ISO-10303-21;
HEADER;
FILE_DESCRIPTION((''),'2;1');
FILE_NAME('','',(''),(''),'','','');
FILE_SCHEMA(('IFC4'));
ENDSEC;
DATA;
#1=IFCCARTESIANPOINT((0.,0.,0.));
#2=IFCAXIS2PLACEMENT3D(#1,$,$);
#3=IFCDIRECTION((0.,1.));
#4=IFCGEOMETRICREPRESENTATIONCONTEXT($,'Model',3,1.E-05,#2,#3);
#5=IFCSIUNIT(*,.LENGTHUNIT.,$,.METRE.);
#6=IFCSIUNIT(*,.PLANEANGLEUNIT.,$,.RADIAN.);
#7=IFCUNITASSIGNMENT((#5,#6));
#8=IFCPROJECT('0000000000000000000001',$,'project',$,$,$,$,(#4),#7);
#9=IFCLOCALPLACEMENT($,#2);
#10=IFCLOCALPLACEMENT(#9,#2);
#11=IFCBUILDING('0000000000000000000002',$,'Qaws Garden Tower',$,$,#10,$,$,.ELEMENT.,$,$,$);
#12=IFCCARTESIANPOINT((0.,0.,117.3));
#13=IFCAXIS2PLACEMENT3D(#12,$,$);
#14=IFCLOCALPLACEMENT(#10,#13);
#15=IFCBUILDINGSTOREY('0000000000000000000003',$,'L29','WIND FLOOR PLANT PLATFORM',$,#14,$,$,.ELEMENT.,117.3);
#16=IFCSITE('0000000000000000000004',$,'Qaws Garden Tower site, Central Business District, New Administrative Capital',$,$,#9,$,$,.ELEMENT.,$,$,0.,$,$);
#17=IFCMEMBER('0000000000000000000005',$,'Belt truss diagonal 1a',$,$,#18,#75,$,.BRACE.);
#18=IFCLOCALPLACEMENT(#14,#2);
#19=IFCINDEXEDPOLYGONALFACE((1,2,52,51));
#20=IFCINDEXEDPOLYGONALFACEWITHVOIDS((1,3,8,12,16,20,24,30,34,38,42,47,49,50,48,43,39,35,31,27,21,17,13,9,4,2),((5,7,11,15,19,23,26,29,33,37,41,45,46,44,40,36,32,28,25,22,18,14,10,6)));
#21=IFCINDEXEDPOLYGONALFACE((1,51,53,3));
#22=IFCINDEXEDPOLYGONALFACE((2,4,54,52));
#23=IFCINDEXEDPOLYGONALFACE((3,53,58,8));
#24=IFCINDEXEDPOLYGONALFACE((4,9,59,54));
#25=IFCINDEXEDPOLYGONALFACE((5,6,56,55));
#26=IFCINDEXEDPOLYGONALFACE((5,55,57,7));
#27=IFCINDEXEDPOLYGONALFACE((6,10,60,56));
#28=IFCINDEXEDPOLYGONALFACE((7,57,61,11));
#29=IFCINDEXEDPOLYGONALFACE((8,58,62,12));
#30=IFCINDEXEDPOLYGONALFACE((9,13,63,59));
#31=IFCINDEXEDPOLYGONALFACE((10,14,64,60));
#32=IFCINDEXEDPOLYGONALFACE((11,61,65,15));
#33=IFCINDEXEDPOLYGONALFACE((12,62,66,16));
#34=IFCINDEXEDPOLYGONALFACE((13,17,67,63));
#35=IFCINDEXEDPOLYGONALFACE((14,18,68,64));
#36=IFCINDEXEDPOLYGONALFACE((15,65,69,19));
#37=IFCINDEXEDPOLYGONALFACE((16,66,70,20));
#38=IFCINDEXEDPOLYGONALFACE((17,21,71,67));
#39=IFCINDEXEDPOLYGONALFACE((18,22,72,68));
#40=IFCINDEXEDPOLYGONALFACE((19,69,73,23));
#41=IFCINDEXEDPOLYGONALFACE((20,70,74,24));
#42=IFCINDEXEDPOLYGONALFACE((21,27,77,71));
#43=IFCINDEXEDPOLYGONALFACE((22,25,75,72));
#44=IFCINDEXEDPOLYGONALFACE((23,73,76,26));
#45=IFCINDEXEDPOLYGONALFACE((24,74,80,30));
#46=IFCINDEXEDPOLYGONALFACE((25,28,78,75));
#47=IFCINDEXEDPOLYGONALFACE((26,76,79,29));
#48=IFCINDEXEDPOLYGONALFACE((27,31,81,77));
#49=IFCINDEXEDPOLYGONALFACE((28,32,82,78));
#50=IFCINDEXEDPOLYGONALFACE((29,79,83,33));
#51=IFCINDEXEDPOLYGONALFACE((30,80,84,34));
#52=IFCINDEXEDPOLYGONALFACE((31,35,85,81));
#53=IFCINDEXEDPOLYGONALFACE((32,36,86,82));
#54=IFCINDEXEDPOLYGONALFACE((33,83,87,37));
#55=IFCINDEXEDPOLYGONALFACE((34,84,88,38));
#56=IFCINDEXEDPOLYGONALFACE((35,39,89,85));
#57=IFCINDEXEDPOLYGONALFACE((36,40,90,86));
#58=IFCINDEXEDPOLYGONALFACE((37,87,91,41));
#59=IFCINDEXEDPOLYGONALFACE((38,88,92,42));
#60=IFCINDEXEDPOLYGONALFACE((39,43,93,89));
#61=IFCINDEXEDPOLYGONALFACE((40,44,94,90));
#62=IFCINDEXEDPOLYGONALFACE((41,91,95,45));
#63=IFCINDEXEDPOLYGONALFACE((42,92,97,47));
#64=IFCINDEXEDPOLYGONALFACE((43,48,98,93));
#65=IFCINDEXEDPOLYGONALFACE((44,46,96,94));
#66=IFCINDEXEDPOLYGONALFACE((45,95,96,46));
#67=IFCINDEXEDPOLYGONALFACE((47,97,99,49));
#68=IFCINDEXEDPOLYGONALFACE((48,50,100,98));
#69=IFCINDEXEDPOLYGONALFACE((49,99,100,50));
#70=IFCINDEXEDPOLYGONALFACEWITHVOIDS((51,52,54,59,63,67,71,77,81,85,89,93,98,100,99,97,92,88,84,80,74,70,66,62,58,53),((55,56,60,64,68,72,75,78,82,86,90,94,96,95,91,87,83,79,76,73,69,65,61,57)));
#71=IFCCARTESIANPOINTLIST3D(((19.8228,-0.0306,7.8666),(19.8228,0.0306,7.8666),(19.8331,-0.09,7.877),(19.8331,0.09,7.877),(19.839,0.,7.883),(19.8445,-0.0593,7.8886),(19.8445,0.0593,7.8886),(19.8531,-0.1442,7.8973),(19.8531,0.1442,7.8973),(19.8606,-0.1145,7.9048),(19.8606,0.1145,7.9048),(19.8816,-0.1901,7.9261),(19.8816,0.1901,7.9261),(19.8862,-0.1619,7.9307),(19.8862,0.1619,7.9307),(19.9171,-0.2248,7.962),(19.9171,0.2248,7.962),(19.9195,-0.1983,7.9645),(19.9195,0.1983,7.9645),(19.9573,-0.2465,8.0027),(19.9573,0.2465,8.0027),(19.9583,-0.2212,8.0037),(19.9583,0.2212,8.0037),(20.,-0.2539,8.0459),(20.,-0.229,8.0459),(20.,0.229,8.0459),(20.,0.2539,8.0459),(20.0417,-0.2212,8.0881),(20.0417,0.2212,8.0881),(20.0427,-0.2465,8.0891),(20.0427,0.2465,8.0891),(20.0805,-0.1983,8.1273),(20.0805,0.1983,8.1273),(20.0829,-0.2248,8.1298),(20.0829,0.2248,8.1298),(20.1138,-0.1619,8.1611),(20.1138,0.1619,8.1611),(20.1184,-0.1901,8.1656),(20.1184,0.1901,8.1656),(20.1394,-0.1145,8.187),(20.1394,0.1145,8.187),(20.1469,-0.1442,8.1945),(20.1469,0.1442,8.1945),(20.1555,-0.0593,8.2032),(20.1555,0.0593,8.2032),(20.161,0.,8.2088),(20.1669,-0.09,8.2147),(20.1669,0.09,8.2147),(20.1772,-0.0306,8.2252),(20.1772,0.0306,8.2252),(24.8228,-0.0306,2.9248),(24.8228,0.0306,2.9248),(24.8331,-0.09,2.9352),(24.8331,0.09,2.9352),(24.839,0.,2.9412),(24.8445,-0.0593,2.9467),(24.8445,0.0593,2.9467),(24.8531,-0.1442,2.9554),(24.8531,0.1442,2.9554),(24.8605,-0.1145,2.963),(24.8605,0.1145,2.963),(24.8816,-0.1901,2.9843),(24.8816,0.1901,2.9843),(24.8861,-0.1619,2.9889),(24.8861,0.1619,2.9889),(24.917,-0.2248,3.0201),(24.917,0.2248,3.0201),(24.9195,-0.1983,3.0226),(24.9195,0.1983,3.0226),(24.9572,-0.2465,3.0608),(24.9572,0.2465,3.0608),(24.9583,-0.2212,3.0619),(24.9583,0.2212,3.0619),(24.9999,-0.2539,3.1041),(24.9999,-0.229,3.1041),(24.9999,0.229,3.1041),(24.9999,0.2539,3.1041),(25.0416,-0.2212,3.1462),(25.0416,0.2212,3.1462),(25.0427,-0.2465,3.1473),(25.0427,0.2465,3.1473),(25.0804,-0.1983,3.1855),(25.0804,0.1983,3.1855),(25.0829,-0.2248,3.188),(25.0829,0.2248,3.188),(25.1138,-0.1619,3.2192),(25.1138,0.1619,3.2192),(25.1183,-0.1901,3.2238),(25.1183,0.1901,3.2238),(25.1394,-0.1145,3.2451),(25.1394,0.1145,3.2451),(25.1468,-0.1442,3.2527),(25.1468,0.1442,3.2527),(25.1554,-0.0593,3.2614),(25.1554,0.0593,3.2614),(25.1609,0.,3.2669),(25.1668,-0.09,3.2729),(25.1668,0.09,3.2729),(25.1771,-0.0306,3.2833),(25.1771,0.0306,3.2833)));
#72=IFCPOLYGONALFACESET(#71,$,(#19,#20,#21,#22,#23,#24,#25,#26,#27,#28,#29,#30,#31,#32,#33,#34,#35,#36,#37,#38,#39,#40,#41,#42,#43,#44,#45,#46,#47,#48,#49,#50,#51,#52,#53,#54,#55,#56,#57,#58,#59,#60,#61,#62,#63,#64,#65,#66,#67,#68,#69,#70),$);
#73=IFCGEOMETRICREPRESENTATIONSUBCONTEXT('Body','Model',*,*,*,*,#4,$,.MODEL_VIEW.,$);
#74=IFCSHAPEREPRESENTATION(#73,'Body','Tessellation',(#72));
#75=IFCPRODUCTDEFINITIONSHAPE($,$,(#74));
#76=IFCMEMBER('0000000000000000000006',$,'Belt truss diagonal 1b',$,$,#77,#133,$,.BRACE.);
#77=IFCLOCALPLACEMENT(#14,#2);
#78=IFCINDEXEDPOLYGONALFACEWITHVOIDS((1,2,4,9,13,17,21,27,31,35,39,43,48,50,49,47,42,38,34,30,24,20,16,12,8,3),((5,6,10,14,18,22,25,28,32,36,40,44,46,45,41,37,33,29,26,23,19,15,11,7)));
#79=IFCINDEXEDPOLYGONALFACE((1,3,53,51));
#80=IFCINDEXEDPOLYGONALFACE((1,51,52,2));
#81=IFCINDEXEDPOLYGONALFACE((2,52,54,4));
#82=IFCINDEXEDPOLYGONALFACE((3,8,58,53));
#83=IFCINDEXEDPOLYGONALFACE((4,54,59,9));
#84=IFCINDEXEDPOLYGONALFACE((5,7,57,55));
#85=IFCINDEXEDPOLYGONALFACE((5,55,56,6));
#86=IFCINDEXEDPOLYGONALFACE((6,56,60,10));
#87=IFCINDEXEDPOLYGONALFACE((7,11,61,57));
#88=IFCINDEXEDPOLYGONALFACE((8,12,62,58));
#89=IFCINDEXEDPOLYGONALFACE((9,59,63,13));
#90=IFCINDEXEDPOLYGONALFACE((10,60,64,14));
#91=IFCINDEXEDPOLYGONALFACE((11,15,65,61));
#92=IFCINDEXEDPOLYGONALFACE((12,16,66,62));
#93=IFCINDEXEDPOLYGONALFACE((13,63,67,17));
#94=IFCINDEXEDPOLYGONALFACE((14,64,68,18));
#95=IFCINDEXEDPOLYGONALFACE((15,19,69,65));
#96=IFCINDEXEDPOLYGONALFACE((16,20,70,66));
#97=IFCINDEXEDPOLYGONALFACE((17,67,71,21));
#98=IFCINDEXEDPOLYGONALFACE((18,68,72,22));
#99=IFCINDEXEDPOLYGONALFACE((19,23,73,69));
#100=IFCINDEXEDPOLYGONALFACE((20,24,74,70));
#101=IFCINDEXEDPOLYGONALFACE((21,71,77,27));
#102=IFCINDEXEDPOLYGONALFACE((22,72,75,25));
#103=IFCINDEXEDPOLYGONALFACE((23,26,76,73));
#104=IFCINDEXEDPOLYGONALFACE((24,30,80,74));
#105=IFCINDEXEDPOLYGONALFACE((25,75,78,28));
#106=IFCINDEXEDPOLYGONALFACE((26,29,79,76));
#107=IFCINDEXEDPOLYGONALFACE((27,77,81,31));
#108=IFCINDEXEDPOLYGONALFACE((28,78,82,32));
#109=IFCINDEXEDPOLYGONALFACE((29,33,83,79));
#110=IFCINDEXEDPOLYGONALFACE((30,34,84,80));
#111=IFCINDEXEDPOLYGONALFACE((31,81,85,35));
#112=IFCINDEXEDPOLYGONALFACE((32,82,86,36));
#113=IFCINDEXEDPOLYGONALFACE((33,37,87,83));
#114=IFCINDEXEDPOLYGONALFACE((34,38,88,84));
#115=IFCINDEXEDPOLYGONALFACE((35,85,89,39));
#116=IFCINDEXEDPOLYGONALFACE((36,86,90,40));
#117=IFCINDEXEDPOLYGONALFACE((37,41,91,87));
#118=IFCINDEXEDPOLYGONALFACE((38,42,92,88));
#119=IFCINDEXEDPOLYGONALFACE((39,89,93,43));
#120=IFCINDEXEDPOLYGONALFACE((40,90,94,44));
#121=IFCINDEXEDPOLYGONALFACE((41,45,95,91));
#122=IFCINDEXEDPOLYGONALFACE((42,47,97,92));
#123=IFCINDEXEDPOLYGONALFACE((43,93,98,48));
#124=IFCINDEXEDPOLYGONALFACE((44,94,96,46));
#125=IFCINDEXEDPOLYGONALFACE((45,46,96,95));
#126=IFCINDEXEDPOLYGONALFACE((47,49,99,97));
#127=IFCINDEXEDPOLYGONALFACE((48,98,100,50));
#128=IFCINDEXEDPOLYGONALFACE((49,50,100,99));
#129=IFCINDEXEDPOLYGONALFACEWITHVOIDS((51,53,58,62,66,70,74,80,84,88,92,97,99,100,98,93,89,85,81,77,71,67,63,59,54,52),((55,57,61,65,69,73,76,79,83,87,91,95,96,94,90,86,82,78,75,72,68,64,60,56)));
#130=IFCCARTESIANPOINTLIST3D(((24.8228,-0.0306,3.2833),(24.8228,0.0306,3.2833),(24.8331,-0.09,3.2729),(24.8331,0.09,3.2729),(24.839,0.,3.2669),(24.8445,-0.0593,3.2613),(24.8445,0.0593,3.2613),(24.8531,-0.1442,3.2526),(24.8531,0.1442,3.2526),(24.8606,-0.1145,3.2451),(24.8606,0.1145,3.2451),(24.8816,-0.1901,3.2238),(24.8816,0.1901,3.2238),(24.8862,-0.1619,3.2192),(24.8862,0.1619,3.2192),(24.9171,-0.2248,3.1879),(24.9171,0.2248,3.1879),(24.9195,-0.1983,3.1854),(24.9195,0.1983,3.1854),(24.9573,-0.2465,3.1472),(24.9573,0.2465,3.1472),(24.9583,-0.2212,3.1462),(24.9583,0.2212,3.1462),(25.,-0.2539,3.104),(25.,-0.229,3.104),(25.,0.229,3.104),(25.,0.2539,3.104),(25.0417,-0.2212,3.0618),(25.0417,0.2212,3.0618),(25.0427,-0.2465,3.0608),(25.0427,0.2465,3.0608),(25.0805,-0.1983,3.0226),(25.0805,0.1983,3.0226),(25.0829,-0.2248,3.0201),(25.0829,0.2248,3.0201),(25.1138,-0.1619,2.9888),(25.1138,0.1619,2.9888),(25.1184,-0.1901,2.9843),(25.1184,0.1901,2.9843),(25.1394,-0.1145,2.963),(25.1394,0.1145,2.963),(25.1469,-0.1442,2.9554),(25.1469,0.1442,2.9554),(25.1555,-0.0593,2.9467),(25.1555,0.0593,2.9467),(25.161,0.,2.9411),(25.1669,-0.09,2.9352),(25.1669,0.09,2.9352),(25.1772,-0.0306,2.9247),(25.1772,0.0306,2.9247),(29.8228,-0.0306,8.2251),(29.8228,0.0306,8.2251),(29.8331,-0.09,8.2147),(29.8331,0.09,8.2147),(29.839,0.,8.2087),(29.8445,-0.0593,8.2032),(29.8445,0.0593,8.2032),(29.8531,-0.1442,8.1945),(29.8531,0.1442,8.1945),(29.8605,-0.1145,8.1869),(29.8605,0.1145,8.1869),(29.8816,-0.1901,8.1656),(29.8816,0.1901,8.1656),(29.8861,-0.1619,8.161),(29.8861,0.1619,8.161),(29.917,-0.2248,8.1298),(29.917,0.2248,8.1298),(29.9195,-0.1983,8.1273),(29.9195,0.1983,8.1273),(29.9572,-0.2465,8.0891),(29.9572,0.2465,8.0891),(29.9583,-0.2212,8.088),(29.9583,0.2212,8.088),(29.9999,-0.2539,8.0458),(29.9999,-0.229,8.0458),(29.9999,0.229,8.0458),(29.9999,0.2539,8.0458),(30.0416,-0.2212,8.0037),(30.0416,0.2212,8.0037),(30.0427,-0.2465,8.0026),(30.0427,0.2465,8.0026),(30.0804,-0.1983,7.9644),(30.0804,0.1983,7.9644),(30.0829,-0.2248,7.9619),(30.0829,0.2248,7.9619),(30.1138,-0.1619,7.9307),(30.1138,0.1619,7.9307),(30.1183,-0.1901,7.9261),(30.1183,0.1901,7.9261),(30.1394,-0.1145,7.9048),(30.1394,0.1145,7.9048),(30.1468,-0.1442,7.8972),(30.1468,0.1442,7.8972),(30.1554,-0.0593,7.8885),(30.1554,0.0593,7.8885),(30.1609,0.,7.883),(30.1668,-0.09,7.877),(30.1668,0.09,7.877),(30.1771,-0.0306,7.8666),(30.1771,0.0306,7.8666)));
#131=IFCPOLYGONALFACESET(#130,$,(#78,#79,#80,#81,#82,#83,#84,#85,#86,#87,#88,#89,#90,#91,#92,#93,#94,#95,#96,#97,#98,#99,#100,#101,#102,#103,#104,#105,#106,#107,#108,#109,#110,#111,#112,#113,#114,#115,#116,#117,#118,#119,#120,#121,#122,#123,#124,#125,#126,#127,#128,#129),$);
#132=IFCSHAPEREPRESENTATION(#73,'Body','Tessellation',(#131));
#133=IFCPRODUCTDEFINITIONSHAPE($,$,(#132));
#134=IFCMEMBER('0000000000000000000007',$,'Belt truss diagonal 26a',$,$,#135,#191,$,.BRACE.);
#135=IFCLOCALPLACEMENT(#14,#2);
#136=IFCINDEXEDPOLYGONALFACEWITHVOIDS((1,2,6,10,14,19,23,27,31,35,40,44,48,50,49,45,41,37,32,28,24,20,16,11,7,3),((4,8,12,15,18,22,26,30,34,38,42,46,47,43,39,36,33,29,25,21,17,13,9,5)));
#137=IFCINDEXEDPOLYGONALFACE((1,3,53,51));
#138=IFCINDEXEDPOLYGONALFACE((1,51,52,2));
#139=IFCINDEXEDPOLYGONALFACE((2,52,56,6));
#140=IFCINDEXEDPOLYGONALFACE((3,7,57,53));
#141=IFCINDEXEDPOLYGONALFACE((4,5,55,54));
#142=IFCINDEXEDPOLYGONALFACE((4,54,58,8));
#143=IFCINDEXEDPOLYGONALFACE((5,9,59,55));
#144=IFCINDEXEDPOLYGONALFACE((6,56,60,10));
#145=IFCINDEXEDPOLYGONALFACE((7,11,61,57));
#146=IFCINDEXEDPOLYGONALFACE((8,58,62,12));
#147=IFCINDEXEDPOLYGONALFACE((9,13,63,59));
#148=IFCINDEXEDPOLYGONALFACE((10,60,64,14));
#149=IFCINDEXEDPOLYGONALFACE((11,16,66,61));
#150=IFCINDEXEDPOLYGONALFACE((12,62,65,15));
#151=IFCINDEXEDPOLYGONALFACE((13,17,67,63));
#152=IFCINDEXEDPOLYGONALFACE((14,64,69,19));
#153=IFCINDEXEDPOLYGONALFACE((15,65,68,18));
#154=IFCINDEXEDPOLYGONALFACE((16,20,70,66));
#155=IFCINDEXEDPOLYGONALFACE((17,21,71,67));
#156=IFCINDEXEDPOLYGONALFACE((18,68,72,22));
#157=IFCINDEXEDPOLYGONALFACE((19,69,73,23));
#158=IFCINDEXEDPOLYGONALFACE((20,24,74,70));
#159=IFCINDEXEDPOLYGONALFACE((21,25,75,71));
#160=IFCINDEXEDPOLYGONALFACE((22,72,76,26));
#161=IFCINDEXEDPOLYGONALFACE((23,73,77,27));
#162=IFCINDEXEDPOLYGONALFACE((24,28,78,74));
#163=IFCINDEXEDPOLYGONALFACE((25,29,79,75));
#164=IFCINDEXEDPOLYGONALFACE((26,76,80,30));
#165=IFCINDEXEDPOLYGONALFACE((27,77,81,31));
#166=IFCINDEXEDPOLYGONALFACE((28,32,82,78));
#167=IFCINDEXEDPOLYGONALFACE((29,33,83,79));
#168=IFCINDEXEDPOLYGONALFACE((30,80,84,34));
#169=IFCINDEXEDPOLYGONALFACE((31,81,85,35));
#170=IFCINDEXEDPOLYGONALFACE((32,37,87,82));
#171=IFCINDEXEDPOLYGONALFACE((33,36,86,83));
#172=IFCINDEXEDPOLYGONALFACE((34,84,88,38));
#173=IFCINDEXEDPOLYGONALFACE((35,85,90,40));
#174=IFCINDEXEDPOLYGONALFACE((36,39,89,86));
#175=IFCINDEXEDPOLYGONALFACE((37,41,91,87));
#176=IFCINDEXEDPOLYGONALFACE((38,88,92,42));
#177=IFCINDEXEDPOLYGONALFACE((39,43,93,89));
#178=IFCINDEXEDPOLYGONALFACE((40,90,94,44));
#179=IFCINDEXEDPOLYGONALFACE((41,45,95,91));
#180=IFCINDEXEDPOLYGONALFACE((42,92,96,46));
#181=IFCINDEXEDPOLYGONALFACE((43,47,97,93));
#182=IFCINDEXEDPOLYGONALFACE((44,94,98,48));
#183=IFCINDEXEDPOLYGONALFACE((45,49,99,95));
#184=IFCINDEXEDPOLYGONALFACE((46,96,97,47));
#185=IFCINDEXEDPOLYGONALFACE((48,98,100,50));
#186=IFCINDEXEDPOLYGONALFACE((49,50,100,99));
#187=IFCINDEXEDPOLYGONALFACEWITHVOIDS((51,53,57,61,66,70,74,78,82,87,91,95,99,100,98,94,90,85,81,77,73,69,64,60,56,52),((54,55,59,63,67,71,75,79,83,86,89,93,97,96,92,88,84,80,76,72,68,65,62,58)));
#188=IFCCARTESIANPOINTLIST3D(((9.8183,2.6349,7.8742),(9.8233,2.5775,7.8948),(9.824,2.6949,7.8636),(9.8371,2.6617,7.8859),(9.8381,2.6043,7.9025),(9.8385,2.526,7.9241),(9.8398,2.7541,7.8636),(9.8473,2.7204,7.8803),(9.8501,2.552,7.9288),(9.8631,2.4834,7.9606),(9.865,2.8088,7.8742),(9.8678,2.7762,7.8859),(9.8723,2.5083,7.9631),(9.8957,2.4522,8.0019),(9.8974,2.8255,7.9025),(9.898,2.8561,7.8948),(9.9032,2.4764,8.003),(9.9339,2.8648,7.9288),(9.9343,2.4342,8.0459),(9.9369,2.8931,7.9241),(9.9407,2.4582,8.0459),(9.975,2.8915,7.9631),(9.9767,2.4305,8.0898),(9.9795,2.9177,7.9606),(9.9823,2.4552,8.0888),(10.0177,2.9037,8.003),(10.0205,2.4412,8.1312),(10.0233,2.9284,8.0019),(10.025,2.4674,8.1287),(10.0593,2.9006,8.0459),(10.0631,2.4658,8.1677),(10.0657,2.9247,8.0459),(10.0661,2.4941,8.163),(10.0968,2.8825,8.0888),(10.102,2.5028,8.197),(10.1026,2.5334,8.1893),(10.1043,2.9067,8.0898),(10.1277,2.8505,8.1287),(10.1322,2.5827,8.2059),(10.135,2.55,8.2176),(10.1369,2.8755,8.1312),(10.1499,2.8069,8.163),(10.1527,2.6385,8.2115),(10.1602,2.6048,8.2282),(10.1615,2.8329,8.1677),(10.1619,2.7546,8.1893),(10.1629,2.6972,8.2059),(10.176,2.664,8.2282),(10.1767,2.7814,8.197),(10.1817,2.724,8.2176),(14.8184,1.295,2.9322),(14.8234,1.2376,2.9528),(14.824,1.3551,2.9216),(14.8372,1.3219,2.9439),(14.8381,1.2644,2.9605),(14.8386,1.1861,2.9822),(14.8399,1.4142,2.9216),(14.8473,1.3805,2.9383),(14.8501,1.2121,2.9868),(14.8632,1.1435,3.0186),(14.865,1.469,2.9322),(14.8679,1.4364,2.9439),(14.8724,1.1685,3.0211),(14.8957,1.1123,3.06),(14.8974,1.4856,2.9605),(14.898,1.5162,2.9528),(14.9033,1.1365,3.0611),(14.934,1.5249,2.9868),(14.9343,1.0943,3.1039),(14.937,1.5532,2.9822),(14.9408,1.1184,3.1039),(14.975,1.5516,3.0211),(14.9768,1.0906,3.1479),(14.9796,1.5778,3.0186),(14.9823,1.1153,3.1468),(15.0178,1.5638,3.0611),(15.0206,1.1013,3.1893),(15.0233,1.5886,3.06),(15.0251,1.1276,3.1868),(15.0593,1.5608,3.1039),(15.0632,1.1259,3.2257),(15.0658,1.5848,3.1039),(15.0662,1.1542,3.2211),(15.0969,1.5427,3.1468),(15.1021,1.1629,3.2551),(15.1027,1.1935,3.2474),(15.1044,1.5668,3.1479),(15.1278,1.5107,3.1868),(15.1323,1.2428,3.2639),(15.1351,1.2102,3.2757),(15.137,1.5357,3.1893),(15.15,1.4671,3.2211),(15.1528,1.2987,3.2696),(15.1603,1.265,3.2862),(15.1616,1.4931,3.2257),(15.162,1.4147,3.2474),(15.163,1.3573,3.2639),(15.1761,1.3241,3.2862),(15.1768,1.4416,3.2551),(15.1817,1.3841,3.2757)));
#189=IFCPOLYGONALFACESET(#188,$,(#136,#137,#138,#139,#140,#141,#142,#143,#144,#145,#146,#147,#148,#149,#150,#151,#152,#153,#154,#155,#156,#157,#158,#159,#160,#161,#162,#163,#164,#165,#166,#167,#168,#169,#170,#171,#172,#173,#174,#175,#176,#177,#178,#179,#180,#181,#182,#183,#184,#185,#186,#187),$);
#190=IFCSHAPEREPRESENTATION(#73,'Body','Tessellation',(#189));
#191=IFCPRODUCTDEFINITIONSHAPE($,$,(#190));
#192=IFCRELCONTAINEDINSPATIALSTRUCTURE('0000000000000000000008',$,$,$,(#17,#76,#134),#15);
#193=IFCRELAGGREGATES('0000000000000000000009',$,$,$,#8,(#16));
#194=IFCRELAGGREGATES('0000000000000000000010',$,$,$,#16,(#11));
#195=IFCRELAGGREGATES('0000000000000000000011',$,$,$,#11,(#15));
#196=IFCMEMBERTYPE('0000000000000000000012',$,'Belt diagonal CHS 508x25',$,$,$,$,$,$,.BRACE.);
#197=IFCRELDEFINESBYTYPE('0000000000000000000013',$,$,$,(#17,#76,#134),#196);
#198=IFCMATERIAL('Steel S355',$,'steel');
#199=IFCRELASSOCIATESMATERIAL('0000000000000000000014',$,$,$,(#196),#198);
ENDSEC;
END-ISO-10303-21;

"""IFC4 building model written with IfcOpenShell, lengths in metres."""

from ifc_helpers import new_model, si_unit, direction, frame, origin, origin_2d, place, context, subcontext, project, spatial, hollow_circle, extrude, material, material_profile, profile_set, type_object, element, save


model = new_model("IFC4")

# Units and contexts
model_context = context("Model", 3, precision=1e-05, world=origin(), true_north=direction((0.0, 1.0)))
body_context = subcontext(model_context, "Body", "Model", "MODEL_VIEW")
ifc_project = project(units=[si_unit("LENGTHUNIT", "METRE"), si_unit("PLANEANGLEUNIT", "RADIAN")], contexts=[model_context])

# Site, building, storey
site_placement = place(None, origin())
site = spatial("IfcSite", under=ifc_project, at=site_placement, Name="Qaws Garden Tower site, Central Business District, New Administrative Capital", CompositionType="ELEMENT", RefElevation=0.0)
building_placement = place(site_placement, origin())
building = spatial("IfcBuilding", under=site, at=building_placement, Name="Qaws Garden Tower", CompositionType="ELEMENT")
storey_placement = place(building_placement, frame((0.0, 0.0, 117.3)))
storey = spatial("IfcBuildingStorey", under=building, at=storey_placement, Name="L29", Description="WIND FLOOR PLANT PLATFORM", CompositionType="ELEMENT", Elevation=117.3)

# Members
ifc_material_1 = material(Name="Steel S355", Category="steel")
ifc_material_profile_1 = material_profile(ifc_material_1, hollow_circle(Radius=0.2539, WallThickness=0.0249, at=origin_2d()), Name="CHS 508x25")
ifc_profile_set_1 = profile_set([ifc_material_profile_1], Name="Steel S355")
member_type_1 = type_object("IfcMemberType", Name="Belt diagonal CHS 508x25", PredefinedType="BRACE", material=ifc_profile_set_1)
for number, where, z_axis, x_axis, name in (
    (1, (20.0, 0.0, 8.0459), (0.711227, 0.0, -0.702962), (0.0, 1.0, 0.0), "Belt truss diagonal 1a"),
    (2, (25.0, 0.0, 3.104), (0.711227, 0.0, 0.702962), (0.0, 1.0, 0.0), "Belt truss diagonal 1b"),
):
    element("IfcMember", number, at=place(storey_placement, frame(where, z_axis=z_axis, x_axis=x_axis)), inside=storey, type_object=member_type_1, Name=name, PredefinedType="BRACE", context=body_context, shape_type="SweptSolid", body=[
        extrude(hollow_circle(Radius=0.2539, WallThickness=0.0249, at=origin_2d()), origin(), (0.0, 0.0, 1.0), 7.03),
    ])
member_1_placement = place(storey_placement, frame((10.0, 2.6794, 8.0459), z_axis=(0.698652, -0.187217, -0.690533), x_axis=(0.258837, 0.965921, 0.0)))
element("IfcMember", 3, at=member_1_placement, inside=storey, type_object=member_type_1, Name="Belt truss diagonal 26a", PredefinedType="BRACE", context=body_context, shape_type="SweptSolid", body=[
    extrude(hollow_circle(Radius=0.2539, WallThickness=0.0249, at=origin_2d()), origin(), (0.0, 0.0, 1.0), 7.1567),
])

save(model, "model.ifc")
